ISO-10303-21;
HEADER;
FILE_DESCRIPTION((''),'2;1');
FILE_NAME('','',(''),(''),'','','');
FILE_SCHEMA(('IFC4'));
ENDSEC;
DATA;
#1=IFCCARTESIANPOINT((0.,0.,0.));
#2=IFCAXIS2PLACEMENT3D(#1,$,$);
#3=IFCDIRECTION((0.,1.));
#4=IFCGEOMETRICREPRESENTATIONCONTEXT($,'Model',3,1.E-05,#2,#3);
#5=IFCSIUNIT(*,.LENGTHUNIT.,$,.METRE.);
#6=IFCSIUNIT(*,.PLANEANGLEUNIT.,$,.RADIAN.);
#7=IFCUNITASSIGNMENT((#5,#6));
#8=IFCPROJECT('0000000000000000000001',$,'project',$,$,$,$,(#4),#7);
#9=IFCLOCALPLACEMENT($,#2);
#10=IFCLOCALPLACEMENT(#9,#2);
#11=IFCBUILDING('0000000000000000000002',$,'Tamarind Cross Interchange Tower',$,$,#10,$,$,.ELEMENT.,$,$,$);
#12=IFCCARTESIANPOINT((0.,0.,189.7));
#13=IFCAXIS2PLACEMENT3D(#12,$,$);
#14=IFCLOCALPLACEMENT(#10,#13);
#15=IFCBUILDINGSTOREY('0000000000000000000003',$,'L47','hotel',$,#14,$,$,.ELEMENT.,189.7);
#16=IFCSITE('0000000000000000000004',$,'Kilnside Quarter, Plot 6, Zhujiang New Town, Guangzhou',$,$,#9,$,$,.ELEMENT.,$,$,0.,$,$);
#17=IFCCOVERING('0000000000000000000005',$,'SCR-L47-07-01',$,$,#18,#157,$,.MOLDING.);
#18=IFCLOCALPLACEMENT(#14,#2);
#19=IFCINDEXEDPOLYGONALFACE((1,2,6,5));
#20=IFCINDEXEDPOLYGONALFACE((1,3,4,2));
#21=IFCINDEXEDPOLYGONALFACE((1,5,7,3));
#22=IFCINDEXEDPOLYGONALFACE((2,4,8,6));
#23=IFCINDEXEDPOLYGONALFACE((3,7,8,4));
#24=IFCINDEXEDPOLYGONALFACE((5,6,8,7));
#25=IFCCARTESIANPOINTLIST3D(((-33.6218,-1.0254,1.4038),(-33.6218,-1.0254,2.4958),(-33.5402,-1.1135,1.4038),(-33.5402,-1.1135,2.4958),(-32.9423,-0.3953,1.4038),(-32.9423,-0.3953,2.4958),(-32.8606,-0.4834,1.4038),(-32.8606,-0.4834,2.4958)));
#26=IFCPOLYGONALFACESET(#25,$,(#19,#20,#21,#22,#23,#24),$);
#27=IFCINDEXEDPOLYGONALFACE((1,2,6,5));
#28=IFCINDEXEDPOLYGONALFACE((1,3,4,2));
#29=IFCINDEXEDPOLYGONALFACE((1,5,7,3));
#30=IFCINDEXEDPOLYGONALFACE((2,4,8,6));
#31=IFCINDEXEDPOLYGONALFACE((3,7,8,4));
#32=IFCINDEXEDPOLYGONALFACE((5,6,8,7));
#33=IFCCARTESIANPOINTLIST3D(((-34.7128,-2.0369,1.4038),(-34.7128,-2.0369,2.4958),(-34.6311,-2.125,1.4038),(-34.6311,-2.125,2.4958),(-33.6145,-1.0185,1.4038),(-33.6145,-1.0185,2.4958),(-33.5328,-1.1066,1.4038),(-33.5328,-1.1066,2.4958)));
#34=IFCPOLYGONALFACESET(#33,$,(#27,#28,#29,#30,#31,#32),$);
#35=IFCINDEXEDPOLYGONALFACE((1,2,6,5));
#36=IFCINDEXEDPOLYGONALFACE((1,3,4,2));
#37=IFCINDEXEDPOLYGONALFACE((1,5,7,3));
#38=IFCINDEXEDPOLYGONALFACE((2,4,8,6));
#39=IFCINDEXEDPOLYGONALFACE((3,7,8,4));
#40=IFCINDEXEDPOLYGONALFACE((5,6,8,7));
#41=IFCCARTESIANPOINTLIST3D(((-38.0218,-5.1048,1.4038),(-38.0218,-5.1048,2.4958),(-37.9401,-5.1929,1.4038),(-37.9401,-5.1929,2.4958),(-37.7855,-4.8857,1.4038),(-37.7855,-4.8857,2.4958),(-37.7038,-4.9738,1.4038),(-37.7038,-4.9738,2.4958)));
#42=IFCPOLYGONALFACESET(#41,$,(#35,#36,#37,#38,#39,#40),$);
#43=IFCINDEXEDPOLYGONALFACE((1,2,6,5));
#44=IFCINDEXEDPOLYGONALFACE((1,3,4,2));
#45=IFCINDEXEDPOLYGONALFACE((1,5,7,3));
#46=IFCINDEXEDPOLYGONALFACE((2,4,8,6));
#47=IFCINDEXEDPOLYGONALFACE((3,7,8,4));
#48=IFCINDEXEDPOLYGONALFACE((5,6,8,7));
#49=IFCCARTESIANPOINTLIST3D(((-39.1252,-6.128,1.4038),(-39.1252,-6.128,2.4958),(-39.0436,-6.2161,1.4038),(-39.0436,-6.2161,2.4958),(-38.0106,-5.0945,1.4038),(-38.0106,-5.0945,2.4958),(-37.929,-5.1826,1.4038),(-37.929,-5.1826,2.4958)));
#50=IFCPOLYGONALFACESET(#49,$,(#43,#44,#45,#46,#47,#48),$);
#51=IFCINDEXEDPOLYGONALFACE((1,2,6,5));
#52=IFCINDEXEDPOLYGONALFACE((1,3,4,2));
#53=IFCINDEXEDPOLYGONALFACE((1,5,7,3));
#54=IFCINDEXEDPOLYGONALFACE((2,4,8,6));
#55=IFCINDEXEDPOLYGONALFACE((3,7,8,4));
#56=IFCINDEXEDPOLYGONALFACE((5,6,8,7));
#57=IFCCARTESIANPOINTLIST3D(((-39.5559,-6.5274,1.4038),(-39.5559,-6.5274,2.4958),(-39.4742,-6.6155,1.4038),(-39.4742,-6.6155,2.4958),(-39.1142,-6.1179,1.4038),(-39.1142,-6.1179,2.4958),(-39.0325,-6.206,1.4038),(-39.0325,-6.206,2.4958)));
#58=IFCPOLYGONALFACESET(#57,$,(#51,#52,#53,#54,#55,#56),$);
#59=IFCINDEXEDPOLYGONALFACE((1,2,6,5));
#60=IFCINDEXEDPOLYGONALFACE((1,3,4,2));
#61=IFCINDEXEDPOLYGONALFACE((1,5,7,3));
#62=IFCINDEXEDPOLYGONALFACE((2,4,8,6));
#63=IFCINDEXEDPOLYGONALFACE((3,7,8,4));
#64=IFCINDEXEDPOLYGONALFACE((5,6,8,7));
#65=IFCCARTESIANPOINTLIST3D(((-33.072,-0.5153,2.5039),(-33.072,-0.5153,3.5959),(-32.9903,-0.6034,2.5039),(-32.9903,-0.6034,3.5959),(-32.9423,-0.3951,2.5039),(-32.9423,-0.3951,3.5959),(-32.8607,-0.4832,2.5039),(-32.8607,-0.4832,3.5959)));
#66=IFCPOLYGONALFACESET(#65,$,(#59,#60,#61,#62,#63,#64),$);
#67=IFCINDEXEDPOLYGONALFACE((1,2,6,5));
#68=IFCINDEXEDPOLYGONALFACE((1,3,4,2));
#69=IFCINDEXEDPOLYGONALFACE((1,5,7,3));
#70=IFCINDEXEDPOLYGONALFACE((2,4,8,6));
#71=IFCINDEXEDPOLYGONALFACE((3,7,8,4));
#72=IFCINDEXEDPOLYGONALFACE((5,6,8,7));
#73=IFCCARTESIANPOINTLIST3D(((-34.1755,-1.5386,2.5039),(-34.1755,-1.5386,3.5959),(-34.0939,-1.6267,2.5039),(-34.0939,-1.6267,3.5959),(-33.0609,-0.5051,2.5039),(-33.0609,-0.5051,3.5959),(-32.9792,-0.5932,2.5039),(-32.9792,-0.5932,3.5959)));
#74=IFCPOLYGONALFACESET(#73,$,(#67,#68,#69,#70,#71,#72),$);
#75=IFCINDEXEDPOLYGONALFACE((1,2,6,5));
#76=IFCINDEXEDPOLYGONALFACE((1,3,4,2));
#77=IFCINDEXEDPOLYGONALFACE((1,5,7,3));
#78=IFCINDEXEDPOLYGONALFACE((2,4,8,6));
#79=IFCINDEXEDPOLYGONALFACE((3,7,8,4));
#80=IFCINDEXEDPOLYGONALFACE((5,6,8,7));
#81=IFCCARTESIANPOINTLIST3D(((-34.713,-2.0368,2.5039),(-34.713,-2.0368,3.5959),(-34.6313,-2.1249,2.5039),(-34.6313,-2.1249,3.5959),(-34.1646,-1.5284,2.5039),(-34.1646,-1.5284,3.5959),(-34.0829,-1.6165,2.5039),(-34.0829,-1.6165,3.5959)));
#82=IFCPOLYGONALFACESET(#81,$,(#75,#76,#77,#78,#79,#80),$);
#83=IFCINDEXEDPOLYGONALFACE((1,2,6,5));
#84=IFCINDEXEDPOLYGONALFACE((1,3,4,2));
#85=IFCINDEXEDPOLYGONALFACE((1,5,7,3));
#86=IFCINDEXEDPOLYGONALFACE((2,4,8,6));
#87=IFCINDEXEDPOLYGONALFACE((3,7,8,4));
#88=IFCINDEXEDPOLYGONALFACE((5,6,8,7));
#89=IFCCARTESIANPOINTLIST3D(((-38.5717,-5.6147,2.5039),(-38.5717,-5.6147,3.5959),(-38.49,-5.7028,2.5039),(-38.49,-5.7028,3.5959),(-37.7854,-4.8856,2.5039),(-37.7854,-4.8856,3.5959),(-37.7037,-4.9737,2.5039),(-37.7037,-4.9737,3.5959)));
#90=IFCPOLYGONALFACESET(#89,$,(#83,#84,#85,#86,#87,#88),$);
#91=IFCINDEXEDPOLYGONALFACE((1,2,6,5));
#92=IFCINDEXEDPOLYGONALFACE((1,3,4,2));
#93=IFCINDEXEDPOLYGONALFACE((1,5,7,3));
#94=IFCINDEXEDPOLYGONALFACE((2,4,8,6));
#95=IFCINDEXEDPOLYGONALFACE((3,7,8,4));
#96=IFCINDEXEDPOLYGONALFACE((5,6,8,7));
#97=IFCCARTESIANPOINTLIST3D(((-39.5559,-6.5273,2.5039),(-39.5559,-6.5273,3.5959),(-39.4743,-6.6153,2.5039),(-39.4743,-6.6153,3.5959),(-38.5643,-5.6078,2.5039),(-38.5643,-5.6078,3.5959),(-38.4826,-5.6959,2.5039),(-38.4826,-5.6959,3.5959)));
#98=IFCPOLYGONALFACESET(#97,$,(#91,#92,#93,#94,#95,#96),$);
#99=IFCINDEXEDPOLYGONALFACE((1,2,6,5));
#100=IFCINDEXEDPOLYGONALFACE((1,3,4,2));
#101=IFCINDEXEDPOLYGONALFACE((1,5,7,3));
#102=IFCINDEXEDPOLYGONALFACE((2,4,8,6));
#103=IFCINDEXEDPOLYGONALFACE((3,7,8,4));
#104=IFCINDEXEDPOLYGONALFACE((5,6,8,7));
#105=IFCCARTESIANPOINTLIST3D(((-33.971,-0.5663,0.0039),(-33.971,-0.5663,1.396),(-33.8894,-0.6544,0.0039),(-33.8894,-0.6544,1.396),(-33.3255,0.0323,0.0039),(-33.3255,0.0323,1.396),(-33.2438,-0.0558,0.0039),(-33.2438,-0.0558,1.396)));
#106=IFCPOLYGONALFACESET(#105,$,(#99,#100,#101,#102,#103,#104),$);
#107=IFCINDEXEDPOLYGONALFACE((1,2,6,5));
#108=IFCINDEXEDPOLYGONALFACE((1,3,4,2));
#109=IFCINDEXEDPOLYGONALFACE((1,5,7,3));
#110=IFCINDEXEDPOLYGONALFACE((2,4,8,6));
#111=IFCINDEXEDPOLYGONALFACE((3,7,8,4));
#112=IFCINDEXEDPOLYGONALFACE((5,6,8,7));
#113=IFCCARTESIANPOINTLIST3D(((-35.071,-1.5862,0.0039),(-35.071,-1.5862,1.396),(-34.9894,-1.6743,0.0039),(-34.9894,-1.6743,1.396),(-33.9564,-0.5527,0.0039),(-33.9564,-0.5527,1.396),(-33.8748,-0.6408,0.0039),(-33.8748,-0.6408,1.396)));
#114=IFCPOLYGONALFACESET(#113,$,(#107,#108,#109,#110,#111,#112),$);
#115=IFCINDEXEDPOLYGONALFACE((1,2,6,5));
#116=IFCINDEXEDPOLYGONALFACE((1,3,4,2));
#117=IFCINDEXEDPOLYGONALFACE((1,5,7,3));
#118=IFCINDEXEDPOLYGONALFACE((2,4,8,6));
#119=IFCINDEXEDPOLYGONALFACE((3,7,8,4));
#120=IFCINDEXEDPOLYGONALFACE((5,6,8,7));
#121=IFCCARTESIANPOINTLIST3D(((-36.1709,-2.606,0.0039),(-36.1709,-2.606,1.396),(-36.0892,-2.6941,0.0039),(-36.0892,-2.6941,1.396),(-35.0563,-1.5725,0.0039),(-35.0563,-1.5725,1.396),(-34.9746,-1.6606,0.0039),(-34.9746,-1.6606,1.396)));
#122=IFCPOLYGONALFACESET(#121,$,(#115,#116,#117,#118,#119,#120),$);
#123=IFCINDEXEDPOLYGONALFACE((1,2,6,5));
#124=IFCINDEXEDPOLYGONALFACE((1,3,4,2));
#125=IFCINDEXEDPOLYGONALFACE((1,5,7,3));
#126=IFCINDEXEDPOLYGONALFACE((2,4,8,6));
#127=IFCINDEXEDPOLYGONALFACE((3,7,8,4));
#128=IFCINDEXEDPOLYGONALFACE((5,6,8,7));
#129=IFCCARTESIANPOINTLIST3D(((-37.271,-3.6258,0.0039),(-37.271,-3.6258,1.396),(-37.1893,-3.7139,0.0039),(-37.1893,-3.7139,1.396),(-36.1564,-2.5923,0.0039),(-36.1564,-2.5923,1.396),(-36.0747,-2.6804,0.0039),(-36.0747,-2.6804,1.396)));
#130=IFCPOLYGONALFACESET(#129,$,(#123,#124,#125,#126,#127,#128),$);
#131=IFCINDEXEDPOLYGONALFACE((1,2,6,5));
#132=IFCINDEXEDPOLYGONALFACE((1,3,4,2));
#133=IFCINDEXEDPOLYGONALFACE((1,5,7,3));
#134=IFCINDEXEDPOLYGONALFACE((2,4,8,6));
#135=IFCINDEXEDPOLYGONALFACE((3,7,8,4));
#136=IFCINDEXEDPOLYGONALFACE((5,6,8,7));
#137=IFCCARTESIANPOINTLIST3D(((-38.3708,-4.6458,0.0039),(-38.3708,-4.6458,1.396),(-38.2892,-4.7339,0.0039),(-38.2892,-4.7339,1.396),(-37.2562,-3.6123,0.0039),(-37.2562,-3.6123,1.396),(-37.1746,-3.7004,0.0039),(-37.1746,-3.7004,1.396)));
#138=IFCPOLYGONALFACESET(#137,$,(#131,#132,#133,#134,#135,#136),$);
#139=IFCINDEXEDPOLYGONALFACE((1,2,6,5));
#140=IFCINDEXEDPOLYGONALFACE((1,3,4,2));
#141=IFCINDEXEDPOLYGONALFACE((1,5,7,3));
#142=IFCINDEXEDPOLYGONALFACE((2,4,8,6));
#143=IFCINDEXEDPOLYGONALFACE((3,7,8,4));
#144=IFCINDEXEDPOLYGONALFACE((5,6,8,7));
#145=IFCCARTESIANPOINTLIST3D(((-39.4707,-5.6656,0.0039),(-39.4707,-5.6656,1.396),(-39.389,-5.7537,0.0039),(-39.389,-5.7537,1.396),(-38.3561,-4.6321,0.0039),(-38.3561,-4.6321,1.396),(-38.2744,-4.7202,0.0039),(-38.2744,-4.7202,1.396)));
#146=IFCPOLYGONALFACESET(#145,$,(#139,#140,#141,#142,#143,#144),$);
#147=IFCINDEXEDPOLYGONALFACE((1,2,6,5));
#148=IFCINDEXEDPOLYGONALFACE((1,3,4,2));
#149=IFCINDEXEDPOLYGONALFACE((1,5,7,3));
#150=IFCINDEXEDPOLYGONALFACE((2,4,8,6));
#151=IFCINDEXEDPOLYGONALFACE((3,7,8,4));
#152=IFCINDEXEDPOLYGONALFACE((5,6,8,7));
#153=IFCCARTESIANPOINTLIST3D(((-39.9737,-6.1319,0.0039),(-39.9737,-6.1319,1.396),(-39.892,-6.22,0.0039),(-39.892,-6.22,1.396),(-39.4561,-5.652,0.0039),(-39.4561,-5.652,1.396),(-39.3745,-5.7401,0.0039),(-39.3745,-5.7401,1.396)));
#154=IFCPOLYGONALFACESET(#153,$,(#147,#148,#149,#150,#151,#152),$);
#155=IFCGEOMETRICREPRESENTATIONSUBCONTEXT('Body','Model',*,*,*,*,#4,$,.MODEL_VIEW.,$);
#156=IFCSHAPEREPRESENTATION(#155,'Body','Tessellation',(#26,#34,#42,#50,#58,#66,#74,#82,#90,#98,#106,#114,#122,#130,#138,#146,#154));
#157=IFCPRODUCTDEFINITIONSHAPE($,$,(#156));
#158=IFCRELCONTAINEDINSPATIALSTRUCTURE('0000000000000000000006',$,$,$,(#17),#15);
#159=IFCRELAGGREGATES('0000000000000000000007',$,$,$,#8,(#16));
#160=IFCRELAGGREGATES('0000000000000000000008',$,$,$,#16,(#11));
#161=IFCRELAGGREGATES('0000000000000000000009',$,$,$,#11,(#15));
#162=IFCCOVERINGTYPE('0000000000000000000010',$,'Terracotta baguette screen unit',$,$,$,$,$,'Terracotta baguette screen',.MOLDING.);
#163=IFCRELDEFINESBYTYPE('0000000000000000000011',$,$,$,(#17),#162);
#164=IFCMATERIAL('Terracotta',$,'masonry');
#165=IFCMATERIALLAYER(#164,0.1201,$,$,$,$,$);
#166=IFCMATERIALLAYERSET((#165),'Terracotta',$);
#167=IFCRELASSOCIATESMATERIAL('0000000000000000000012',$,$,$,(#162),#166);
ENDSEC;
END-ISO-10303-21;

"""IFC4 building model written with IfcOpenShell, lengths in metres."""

from ifc_helpers import new_model, si_unit, direction, frame, origin, origin_2d, place, context, subcontext, project, spatial, rectangle, extrude, material, layer, layer_set, type_object, element, save


model = new_model("IFC4")

# Units and contexts
model_context = context("Model", 3, precision=1e-05, world=origin(), true_north=direction((0.0, 1.0)))
body_context = subcontext(model_context, "Body", "Model", "MODEL_VIEW")
ifc_project = project(units=[si_unit("LENGTHUNIT", "METRE"), si_unit("PLANEANGLEUNIT", "RADIAN")], contexts=[model_context])

# Site, building, storey
site_placement = place(None, origin())
site = spatial("IfcSite", under=ifc_project, at=site_placement, Name="Kilnside Quarter, Plot 6, Zhujiang New Town, Guangzhou", CompositionType="ELEMENT", RefElevation=0.0)
building_placement = place(site_placement, origin())
building = spatial("IfcBuilding", under=site, at=building_placement, Name="Tamarind Cross Interchange Tower", CompositionType="ELEMENT")
storey_placement = place(building_placement, frame((0.0, 0.0, 189.7)))
storey = spatial("IfcBuildingStorey", under=building, at=storey_placement, Name="L47", Description="hotel", CompositionType="ELEMENT", Elevation=189.7)

# Covering
ifc_material_1 = material(Name="Terracotta", Category="masonry")
ifc_layer_1 = layer(ifc_material_1, 0.1201)
ifc_layer_set_1 = layer_set([ifc_layer_1], Name="Terracotta")
covering_type = type_object("IfcCoveringType", Name="Terracotta baguette screen unit", ElementType="Terracotta baguette screen", PredefinedType="MOLDING", material=ifc_layer_set_1)
covering_1_placement = place(storey_placement, origin())
element("IfcCovering", 1, at=covering_1_placement, inside=storey, type_object=covering_type, Name="SCR-L47-07-01", PredefinedType="MOLDING", context=body_context, shape_type="SweptSolid", body=[
    extrude(rectangle(XDim=0.9268, YDim=0.1201, at=origin_2d()), frame((-33.2412, -0.7544, 1.4038), z_axis=(0.0, 0.0, 1.0), x_axis=(-0.733293, -0.679912, 0.0)), (0.0, 0.0, 1.0), 1.092),
    extrude(rectangle(XDim=1.4978, YDim=0.1201, at=origin_2d()), frame((-34.1228, -1.5718, 1.4038), z_axis=(0.0, 0.0, 1.0), x_axis=(-0.733293, -0.679912, 0.0)), (0.0, 0.0, 1.0), 1.092),
    extrude(rectangle(XDim=0.3223, YDim=0.1201, at=origin_2d()), frame((-37.8628, -5.0393, 1.4038), z_axis=(0.0, 0.0, 1.0), x_axis=(-0.733293, -0.679912, 0.0)), (0.0, 0.0, 1.0), 1.092),
    extrude(rectangle(XDim=1.52, YDim=0.1201, at=origin_2d()), frame((-38.5271, -5.6553, 1.4038), z_axis=(0.0, 0.0, 1.0), x_axis=(-0.733293, -0.679912, 0.0)), (0.0, 0.0, 1.0), 1.092),
    extrude(rectangle(XDim=0.6023, YDim=0.1201, at=origin_2d()), frame((-39.2942, -6.3667, 1.4038), z_axis=(0.0, 0.0, 1.0), x_axis=(-0.733293, -0.679912, 0.0)), (0.0, 0.0, 1.0), 1.092),
    extrude(rectangle(XDim=0.1768, YDim=0.1201, at=origin_2d()), frame((-32.9663, -0.4993, 2.5039), z_axis=(0.0, 0.0, 1.0), x_axis=(-0.733293, -0.679912, 0.0)), (0.0, 0.0, 1.0), 1.092),
    extrude(rectangle(XDim=1.52, YDim=0.1201, at=origin_2d()), frame((-33.5774, -1.0659, 2.5039), z_axis=(0.0, 0.0, 1.0), x_axis=(-0.733293, -0.679912, 0.0)), (0.0, 0.0, 1.0), 1.092),
    extrude(rectangle(XDim=0.7478, YDim=0.1201, at=origin_2d()), frame((-34.3979, -1.8267, 2.5039), z_axis=(0.0, 0.0, 1.0), x_axis=(-0.733293, -0.679912, 0.0)), (0.0, 0.0, 1.0), 1.092),
    extrude(rectangle(XDim=1.0723, YDim=0.1201, at=origin_2d()), frame((-38.1377, -5.2942, 2.5039), z_axis=(0.0, 0.0, 1.0), x_axis=(-0.733293, -0.679912, 0.0)), (0.0, 0.0, 1.0), 1.092),
    extrude(rectangle(XDim=1.3523, YDim=0.1201, at=origin_2d()), frame((-39.0193, -6.1116, 2.5039), z_axis=(0.0, 0.0, 1.0), x_axis=(-0.733293, -0.679912, 0.0)), (0.0, 0.0, 1.0), 1.092),
    extrude(rectangle(XDim=0.8804, YDim=0.1201, at=origin_2d()), frame((-33.6074, -0.311, 0.0039), z_axis=(0.0, 0.0, 1.0), x_axis=(-0.733293, -0.679912, 0.0)), (0.0, 0.0, 1.0), 1.3921),
    extrude(rectangle(XDim=1.52, YDim=0.1201, at=origin_2d()), frame((-34.4729, -1.1135, 0.0039), z_axis=(0.0, 0.0, 1.0), x_axis=(-0.733293, -0.679912, 0.0)), (0.0, 0.0, 1.0), 1.3921),
    extrude(rectangle(XDim=1.52, YDim=0.1201, at=origin_2d()), frame((-35.5728, -2.1333, 0.0039), z_axis=(0.0, 0.0, 1.0), x_axis=(-0.733293, -0.679912, 0.0)), (0.0, 0.0, 1.0), 1.3921),
    extrude(rectangle(XDim=1.52, YDim=0.1201, at=origin_2d()), frame((-36.6729, -3.1531, 0.0039), z_axis=(0.0, 0.0, 1.0), x_axis=(-0.733293, -0.679912, 0.0)), (0.0, 0.0, 1.0), 1.3921),
    extrude(rectangle(XDim=1.52, YDim=0.1201, at=origin_2d()), frame((-37.7727, -4.1731, 0.0039), z_axis=(0.0, 0.0, 1.0), x_axis=(-0.733293, -0.679912, 0.0)), (0.0, 0.0, 1.0), 1.3921),
    extrude(rectangle(XDim=1.52, YDim=0.1201, at=origin_2d()), frame((-38.8726, -5.1929, 0.0039), z_axis=(0.0, 0.0, 1.0), x_axis=(-0.733293, -0.679912, 0.0)), (0.0, 0.0, 1.0), 1.3921),
    extrude(rectangle(XDim=0.7058, YDim=0.1201, at=origin_2d()), frame((-39.6741, -5.936, 0.0039), z_axis=(0.0, 0.0, 1.0), x_axis=(-0.733293, -0.679912, 0.0)), (0.0, 0.0, 1.0), 1.3921),
])

save(model, "model.ifc")
